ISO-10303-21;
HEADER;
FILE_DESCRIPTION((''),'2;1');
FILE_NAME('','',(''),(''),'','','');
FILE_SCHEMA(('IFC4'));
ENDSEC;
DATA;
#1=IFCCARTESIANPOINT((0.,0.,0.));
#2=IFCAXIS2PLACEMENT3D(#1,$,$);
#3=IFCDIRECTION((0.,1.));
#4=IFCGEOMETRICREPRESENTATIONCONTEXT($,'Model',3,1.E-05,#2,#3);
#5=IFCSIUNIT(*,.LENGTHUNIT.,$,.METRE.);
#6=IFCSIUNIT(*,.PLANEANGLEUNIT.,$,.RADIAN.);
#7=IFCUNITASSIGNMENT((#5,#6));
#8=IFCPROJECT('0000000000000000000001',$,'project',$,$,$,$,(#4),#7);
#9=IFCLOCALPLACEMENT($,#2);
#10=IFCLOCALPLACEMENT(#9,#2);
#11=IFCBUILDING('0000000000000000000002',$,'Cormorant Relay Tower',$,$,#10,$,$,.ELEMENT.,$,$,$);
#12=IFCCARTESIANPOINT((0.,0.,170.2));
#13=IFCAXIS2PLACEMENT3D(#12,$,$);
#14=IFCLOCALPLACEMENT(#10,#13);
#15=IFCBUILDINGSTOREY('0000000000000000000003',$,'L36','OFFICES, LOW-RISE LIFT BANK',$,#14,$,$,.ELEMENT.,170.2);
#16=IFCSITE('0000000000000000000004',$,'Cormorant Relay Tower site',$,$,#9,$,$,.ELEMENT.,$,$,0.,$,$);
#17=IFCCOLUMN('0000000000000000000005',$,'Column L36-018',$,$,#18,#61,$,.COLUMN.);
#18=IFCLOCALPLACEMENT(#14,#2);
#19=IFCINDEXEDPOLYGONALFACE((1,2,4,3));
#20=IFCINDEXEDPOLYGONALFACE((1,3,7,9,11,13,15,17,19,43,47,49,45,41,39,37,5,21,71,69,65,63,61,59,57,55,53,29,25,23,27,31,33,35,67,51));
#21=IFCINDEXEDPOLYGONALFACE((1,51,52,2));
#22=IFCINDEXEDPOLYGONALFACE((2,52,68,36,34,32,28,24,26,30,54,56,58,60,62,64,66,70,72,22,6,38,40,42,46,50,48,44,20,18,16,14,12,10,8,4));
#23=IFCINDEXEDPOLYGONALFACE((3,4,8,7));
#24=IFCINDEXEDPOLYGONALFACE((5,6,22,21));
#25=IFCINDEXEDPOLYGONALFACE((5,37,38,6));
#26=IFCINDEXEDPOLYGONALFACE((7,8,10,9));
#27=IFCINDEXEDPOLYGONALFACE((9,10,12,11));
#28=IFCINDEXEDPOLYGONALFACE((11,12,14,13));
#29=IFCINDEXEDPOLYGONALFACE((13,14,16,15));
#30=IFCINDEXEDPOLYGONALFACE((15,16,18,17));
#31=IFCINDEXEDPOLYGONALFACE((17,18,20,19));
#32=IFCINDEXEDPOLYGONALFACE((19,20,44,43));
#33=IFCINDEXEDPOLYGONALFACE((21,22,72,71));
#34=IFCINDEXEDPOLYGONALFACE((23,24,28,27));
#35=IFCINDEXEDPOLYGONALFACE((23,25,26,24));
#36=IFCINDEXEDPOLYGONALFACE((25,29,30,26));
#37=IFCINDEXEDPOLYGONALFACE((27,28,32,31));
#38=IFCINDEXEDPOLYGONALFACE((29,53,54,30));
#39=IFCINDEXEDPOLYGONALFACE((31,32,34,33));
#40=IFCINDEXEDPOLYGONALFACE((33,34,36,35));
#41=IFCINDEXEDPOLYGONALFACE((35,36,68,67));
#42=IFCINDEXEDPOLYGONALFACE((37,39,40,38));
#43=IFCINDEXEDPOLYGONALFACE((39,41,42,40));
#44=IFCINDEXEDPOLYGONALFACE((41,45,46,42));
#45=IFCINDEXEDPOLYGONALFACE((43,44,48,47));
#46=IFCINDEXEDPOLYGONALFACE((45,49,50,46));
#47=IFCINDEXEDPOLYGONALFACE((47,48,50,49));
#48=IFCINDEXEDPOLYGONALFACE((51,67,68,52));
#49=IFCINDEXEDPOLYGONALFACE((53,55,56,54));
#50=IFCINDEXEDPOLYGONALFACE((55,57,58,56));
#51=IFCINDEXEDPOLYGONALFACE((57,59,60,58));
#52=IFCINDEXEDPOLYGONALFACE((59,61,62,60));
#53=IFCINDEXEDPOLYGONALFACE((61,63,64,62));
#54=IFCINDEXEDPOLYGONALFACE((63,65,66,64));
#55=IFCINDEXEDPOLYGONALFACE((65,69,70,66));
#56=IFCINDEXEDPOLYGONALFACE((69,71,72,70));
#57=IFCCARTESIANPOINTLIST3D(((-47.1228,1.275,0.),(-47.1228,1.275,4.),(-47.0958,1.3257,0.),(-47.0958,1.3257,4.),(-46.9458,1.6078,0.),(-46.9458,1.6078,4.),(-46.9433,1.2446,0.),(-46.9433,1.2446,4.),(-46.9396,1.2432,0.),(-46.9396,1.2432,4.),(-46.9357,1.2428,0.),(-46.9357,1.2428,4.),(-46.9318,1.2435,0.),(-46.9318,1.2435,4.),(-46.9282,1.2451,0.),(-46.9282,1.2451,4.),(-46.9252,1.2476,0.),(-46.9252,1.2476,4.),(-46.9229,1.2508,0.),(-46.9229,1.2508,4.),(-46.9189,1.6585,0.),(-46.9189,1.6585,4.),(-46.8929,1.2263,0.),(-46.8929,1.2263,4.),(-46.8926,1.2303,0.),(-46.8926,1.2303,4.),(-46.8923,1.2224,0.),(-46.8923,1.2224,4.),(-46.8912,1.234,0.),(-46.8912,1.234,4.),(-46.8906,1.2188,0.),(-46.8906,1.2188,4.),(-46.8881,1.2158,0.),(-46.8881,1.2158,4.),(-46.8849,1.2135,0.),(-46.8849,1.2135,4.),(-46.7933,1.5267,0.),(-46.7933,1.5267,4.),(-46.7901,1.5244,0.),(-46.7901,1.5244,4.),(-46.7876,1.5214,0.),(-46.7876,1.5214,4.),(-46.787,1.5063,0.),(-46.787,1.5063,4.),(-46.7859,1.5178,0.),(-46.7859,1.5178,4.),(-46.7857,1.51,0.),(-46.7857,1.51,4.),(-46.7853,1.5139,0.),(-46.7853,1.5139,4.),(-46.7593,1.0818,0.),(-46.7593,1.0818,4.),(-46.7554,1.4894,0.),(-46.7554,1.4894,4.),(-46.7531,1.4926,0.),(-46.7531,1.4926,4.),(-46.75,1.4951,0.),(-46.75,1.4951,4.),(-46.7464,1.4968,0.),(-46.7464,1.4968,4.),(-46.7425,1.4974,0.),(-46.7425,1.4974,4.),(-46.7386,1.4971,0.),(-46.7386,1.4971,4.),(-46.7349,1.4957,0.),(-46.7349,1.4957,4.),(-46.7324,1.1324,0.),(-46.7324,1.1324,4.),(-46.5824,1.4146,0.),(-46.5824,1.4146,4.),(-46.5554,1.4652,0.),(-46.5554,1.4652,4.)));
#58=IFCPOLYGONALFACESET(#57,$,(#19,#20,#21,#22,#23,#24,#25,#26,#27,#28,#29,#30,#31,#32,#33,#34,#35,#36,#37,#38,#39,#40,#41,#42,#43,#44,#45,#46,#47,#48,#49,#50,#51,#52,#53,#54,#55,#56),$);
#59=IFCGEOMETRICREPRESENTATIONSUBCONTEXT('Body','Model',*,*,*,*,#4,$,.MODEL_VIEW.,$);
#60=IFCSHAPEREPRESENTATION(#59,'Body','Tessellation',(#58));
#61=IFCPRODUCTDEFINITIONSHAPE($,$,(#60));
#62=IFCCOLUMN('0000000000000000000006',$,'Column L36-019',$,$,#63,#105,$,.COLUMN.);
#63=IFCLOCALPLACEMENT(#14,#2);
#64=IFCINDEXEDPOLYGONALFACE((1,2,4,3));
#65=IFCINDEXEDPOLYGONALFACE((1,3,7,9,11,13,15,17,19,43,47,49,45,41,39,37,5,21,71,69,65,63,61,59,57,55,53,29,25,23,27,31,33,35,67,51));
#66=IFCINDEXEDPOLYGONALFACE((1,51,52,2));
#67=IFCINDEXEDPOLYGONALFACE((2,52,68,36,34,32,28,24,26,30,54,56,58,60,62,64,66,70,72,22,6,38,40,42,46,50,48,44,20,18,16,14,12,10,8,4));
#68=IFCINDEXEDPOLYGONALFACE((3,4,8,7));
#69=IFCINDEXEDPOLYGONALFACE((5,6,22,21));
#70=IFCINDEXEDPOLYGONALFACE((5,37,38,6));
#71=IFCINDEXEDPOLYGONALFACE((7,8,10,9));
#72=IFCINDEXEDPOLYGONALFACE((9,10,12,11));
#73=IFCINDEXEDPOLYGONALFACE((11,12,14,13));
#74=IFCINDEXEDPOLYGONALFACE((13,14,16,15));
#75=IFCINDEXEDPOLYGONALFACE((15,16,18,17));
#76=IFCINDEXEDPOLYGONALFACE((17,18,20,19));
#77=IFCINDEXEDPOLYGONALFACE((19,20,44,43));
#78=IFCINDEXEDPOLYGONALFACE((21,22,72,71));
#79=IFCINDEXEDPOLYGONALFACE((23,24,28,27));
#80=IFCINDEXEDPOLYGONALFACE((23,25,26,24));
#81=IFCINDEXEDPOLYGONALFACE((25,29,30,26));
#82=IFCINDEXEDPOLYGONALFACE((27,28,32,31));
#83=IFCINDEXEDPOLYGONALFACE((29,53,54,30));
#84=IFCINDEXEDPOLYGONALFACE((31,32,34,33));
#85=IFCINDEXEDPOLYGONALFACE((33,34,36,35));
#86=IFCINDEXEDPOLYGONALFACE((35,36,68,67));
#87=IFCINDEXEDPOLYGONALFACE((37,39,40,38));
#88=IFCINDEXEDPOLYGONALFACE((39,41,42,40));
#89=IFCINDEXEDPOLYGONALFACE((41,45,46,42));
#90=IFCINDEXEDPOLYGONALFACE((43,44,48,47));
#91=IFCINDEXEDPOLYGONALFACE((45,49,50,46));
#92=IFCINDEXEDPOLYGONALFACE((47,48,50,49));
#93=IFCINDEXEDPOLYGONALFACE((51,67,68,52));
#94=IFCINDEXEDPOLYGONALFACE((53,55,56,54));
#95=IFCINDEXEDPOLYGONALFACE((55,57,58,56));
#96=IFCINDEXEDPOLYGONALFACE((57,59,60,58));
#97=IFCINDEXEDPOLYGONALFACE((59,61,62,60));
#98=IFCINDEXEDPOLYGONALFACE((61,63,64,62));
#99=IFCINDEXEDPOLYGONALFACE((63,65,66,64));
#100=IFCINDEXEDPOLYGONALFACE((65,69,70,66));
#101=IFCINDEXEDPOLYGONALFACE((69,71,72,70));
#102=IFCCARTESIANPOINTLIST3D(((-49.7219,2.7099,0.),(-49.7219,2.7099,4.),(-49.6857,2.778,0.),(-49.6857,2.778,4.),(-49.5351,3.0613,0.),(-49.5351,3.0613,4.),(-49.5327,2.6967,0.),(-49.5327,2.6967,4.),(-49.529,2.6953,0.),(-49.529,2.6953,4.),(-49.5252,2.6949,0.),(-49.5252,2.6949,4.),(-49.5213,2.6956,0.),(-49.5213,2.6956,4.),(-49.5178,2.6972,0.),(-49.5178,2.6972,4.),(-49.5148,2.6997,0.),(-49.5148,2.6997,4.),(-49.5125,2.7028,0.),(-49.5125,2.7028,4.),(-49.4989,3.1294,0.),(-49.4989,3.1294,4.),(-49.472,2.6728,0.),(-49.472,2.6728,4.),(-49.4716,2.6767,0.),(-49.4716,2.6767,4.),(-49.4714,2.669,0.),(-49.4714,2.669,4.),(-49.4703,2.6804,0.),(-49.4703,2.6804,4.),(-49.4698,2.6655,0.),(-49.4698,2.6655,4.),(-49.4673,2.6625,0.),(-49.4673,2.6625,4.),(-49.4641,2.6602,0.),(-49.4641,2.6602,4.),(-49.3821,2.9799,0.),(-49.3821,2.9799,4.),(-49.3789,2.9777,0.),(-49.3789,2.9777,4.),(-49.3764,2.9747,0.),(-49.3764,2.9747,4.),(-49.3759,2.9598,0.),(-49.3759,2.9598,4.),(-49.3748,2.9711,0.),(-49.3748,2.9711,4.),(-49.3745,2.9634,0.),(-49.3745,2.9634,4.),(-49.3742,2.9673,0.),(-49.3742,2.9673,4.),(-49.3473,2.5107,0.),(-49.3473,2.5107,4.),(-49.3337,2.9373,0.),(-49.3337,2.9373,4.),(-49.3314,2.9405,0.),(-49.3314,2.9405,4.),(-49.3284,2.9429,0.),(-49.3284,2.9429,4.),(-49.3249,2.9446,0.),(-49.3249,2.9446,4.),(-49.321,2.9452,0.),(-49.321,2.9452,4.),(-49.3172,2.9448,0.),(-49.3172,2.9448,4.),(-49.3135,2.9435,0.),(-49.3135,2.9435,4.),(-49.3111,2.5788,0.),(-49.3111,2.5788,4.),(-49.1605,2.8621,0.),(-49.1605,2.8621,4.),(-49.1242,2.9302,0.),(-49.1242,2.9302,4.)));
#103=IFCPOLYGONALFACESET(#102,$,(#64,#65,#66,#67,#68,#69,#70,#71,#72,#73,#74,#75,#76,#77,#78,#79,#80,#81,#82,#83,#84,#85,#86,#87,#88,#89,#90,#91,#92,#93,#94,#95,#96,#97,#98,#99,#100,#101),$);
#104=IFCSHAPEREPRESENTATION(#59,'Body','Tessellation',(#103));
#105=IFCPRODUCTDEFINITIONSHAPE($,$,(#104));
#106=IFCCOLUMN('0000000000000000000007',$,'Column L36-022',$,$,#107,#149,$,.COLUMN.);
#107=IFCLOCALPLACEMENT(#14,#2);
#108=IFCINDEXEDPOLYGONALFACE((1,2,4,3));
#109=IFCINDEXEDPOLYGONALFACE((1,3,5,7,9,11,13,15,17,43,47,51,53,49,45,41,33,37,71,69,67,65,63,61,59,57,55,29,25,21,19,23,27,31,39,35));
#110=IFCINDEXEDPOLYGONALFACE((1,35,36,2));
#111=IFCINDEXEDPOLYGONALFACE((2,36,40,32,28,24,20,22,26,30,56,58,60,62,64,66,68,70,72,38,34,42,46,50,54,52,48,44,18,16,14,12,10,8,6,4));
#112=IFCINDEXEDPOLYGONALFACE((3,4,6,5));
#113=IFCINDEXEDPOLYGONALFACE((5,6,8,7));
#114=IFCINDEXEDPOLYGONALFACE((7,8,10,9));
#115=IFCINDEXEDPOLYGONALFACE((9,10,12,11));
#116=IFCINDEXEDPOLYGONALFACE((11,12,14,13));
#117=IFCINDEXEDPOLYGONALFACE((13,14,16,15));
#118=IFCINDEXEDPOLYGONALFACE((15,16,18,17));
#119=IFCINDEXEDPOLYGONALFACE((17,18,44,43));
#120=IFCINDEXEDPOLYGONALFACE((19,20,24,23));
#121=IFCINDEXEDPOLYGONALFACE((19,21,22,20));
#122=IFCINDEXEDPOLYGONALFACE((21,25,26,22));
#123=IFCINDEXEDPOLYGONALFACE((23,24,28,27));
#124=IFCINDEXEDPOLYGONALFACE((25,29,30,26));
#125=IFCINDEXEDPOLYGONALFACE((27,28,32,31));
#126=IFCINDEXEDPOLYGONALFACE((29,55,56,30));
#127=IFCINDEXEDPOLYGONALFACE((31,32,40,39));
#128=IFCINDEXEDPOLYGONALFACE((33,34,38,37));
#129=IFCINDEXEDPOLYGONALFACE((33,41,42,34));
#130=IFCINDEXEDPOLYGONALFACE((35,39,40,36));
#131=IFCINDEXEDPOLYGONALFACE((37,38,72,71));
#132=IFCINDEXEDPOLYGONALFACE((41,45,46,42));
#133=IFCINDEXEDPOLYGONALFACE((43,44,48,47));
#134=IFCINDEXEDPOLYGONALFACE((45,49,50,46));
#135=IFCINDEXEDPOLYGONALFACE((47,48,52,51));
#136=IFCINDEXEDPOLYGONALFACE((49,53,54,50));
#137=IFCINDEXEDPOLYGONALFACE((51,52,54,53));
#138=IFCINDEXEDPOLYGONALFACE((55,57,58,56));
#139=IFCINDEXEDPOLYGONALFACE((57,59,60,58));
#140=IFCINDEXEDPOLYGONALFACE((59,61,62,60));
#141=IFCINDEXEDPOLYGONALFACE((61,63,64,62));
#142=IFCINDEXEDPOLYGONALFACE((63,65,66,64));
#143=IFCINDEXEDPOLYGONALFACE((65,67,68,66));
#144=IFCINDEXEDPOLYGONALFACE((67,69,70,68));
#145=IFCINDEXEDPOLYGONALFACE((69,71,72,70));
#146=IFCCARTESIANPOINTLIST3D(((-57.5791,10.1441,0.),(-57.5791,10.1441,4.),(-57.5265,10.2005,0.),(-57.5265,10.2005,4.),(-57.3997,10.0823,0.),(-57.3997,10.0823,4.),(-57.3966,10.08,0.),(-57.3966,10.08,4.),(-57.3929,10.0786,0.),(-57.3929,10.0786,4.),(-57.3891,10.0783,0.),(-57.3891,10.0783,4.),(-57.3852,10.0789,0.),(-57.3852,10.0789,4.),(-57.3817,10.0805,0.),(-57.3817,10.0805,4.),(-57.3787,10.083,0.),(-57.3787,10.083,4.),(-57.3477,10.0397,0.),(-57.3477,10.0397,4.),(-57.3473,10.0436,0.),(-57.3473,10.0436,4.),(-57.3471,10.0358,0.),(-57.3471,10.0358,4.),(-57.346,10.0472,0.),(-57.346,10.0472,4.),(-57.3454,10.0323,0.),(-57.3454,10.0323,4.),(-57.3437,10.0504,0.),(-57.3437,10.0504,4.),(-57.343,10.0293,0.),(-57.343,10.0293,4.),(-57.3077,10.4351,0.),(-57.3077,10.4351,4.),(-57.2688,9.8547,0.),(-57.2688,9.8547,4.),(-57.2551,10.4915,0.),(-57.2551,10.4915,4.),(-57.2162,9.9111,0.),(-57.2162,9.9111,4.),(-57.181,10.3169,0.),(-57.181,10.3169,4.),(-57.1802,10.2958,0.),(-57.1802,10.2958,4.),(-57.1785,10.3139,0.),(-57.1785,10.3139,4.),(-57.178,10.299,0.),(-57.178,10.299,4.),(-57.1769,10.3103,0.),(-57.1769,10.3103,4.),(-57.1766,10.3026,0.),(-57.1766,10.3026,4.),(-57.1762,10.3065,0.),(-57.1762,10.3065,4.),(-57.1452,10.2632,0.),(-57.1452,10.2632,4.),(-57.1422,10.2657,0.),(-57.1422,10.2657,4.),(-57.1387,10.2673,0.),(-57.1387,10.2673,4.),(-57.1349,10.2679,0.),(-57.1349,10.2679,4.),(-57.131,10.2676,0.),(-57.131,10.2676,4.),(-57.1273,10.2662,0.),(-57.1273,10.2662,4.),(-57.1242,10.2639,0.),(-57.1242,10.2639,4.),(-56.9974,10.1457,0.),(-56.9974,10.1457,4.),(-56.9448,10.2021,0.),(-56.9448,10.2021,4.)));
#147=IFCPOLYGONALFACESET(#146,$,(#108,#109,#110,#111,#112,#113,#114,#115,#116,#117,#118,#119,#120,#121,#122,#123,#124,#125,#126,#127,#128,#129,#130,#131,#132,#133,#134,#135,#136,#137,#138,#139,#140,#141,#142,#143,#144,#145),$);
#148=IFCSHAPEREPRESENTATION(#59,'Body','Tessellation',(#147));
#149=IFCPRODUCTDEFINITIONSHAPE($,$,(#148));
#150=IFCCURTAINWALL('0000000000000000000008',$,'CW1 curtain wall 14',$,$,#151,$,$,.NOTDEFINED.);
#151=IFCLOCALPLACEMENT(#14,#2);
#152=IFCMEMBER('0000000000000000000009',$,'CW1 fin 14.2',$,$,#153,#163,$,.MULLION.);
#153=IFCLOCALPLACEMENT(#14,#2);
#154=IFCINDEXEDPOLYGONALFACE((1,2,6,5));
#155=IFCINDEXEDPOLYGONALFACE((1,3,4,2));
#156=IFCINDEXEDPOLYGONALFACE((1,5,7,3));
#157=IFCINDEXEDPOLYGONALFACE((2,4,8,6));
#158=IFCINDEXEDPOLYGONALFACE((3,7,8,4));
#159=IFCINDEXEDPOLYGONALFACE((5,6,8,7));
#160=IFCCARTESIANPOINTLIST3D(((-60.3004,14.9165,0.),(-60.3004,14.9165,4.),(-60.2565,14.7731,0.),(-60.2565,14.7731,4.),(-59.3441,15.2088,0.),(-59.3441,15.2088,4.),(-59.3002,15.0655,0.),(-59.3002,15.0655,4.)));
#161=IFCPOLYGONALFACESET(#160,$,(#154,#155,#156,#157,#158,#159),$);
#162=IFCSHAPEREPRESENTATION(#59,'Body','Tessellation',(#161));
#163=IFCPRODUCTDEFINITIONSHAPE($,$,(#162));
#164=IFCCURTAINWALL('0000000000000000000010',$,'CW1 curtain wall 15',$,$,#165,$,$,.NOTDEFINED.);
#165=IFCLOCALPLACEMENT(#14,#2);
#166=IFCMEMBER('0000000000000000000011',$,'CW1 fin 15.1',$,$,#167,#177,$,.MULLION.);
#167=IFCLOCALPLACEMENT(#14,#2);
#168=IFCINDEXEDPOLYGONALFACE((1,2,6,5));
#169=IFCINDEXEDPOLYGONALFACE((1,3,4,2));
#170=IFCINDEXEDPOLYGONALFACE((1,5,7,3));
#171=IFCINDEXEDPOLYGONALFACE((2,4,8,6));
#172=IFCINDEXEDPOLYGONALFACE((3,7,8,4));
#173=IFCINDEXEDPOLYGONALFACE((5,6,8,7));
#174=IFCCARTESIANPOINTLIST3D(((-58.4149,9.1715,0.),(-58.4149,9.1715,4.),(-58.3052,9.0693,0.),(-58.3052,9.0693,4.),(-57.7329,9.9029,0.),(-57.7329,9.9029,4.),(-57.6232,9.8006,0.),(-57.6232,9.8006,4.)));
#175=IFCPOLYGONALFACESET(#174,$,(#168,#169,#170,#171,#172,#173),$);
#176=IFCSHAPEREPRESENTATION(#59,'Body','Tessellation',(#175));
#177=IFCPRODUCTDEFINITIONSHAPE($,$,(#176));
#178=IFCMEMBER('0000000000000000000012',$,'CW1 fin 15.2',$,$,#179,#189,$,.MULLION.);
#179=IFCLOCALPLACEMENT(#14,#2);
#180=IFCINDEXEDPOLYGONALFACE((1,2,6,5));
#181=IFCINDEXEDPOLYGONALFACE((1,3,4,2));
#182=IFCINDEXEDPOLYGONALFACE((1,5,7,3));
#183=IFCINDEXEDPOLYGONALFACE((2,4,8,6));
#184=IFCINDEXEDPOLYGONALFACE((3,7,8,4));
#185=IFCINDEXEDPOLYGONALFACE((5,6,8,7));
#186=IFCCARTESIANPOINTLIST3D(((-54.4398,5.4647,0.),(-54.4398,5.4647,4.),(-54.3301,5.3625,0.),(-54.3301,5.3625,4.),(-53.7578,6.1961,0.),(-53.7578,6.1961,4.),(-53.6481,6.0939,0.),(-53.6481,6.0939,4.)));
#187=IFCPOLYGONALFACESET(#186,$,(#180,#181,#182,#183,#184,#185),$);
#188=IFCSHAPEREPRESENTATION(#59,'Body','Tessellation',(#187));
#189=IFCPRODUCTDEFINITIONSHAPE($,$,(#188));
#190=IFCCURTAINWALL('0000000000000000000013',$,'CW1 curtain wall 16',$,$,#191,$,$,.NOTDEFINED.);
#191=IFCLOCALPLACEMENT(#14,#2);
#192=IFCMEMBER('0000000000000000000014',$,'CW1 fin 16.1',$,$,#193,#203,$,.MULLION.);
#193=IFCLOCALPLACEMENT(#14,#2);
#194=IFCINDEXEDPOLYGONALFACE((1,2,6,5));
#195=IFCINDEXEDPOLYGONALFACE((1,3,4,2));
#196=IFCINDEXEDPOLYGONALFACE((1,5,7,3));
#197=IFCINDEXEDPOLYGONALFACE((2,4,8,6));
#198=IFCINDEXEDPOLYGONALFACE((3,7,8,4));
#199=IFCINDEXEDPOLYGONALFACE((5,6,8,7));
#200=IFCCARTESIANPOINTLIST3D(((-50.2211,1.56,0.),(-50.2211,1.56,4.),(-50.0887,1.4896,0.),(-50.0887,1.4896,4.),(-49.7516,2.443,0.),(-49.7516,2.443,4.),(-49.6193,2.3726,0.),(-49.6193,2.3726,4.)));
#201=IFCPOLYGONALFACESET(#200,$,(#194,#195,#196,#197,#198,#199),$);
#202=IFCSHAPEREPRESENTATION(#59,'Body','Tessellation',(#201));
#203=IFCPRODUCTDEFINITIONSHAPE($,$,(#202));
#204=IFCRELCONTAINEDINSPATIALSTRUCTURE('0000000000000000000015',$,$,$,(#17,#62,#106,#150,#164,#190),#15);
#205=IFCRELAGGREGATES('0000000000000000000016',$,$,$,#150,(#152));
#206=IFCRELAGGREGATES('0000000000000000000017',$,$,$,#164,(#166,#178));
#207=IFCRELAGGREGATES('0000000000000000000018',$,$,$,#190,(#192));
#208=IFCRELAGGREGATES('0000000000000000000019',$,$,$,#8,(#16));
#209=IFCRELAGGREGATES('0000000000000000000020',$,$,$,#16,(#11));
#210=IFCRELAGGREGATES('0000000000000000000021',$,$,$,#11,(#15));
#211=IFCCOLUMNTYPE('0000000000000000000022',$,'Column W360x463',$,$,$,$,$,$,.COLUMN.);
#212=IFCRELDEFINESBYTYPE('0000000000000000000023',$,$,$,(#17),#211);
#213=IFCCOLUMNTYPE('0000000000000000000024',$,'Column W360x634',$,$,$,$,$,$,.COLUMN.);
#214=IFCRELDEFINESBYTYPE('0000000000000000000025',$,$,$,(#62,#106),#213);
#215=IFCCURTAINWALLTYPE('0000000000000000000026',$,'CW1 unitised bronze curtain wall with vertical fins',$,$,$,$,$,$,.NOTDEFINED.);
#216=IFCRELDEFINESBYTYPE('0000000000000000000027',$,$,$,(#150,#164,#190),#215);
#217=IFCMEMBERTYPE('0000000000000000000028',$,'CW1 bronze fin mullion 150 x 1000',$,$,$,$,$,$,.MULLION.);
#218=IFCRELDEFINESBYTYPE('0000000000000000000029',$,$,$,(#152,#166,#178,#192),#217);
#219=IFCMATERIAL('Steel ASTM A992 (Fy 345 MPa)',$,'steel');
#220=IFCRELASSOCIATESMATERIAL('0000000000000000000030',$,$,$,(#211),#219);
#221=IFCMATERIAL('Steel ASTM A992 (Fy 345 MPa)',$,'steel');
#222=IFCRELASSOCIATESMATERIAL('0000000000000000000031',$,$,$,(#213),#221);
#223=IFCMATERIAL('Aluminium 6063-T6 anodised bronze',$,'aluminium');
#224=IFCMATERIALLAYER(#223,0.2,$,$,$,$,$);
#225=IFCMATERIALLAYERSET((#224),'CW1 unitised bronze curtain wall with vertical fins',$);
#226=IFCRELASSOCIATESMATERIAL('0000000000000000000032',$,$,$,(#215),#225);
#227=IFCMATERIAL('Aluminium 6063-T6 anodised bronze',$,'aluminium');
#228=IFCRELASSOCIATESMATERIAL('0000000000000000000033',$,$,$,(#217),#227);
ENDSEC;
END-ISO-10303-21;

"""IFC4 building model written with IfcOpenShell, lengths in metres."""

from ifc_helpers import new_model, si_unit, direction, frame, origin, origin_2d, place, context, subcontext, project, spatial, rectangle, i_section, extrude, material, layer, layer_set, material_profile, profile_set, type_object, element, aggregate, save


model = new_model("IFC4")

# Units and contexts
model_context = context("Model", 3, precision=1e-05, world=origin(), true_north=direction((0.0, 1.0)))
body_context = subcontext(model_context, "Body", "Model", "MODEL_VIEW")
ifc_project = project(units=[si_unit("LENGTHUNIT", "METRE"), si_unit("PLANEANGLEUNIT", "RADIAN")], contexts=[model_context])

# Site, building, storey
site_placement = place(None, origin())
site = spatial("IfcSite", under=ifc_project, at=site_placement, Name="Cormorant Relay Tower site", CompositionType="ELEMENT", RefElevation=0.0)
building_placement = place(site_placement, origin())
building = spatial("IfcBuilding", under=site, at=building_placement, Name="Cormorant Relay Tower", CompositionType="ELEMENT")
storey_placement = place(building_placement, frame((0.0, 0.0, 170.2)))
storey = spatial("IfcBuildingStorey", under=building, at=storey_placement, Name="L36", Description="OFFICES, LOW-RISE LIFT BANK", CompositionType="ELEMENT", Elevation=170.2)

# Columns
ifc_material_1 = material(Name="Steel ASTM A992 (Fy 345 MPa)", Category="steel")
ifc_material_profile_1 = material_profile(ifc_material_1, i_section(OverallWidth=0.4116, OverallDepth=0.4343, WebThickness=0.0359, FlangeThickness=0.0574, FilletRadius=0.0151, at=origin_2d()), Name="W360x463")
ifc_profile_set_1 = profile_set([ifc_material_profile_1], Name="Steel ASTM A992 (Fy 345 MPa)")
column_type_1 = type_object("IfcColumnType", Name="Column W360x463", PredefinedType="COLUMN", material=ifc_profile_set_1)
column_placement = place(storey_placement, frame((-46.8391, 1.3701, 0.0), z_axis=(0.0, 0.0, 1.0), x_axis=(0.882948, -0.469472, 0.0)))
element("IfcColumn", 1, at=column_placement, inside=storey, type_object=column_type_1, Name="Column L36-018", PredefinedType="COLUMN", context=body_context, shape_type="SweptSolid", body=[
    extrude(i_section(OverallWidth=0.4116, OverallDepth=0.4343, WebThickness=0.0359, FlangeThickness=0.0574, FilletRadius=0.0151, at=origin_2d()), origin(), (0.0, 0.0, 1.0), 4.0),
])
ifc_material_2 = material(Name="Steel ASTM A992 (Fy 345 MPa)", Category="steel")
ifc_material_profile_2 = material_profile(ifc_material_2, i_section(OverallWidth=0.4243, OverallDepth=0.4751, WebThickness=0.0479, FlangeThickness=0.0771, FilletRadius=0.0149, at=origin_2d()), Name="W360x634")
ifc_profile_set_2 = profile_set([ifc_material_profile_2], Name="Steel ASTM A992 (Fy 345 MPa)")
column_type_2 = type_object("IfcColumnType", Name="Column W360x634", PredefinedType="COLUMN", material=ifc_profile_set_2)
for number, where, z_axis, x_axis, name in (
    (2, (-49.4231, 2.8201, 0.0), (0.0, 0.0, 1.0), (0.882948, -0.469472, 0.0), "Column L36-019"),
    (3, (-57.262, 10.1731, 0.0), (0.0, 0.0, 1.0), (0.731354, -0.681998, 0.0), "Column L36-022"),
):
    element("IfcColumn", number, at=place(storey_placement, frame(where, z_axis=z_axis, x_axis=x_axis)), inside=storey, type_object=column_type_2, Name=name, PredefinedType="COLUMN", context=body_context, shape_type="SweptSolid", body=[
        extrude(i_section(OverallWidth=0.4243, OverallDepth=0.4751, WebThickness=0.0479, FlangeThickness=0.0771, FilletRadius=0.0149, at=origin_2d()), origin(), (0.0, 0.0, 1.0), 4.0),
    ])

# Curtain wall, member
ifc_material_3 = material(Name="Aluminium 6063-T6 anodised bronze", Category="aluminium")
ifc_layer_1 = layer(ifc_material_3, 0.2)
ifc_layer_set_1 = layer_set([ifc_layer_1], Name="CW1 unitised bronze curtain wall with vertical fins")
curtain_wall_type = type_object("IfcCurtainWallType", Name="CW1 unitised bronze curtain wall with vertical fins", PredefinedType="NOTDEFINED", material=ifc_layer_set_1)
curtain_wall_1_placement = place(storey_placement, origin())
curtain_wall_1 = element("IfcCurtainWall", 4, at=curtain_wall_1_placement, inside=storey, type_object=curtain_wall_type, Name="CW1 curtain wall 14", PredefinedType="NOTDEFINED")
ifc_material_4 = material(Name="Aluminium 6063-T6 anodised bronze", Category="aluminium")
ifc_material_profile_3 = material_profile(ifc_material_4, rectangle(XDim=0.1499, YDim=1.0, at=origin_2d()), Name="AL 150x1000")
ifc_profile_set_3 = profile_set([ifc_material_profile_3], Name="Aluminium 6063-T6 anodised bronze")
member_type_1 = type_object("IfcMemberType", Name="CW1 bronze fin mullion 150 x 1000", PredefinedType="MULLION", material=ifc_profile_set_3)
member_1_placement = place(storey_placement, frame((-59.8003, 14.991, 0.0), z_axis=(0.0, 0.0, 1.0), x_axis=(0.292372, -0.956305, 0.0)))
member_1 = element("IfcMember", 5, at=member_1_placement, type_object=member_type_1, Name="CW1 fin 14.2", PredefinedType="MULLION", context=body_context, shape_type="SweptSolid", body=[
    extrude(rectangle(XDim=0.1499, YDim=1.0, at=origin_2d()), origin(), (0.0, 0.0, 1.0), 4.0),
])

# Curtain wall, members
curtain_wall_2_placement = place(storey_placement, origin())
curtain_wall_2 = element("IfcCurtainWall", 6, at=curtain_wall_2_placement, inside=storey, type_object=curtain_wall_type, Name="CW1 curtain wall 15", PredefinedType="NOTDEFINED")
member_2_placement = place(storey_placement, frame((-58.019, 9.4861, 0.0), z_axis=(0.0, 0.0, 1.0), x_axis=(0.731354, -0.681998, 0.0)))
member_2 = element("IfcMember", 7, at=member_2_placement, type_object=member_type_1, Name="CW1 fin 15.1", PredefinedType="MULLION", context=body_context, shape_type="SweptSolid", body=[
    extrude(rectangle(XDim=0.1499, YDim=1.0, at=origin_2d()), origin(), (0.0, 0.0, 1.0), 4.0),
])
member_3_placement = place(storey_placement, frame((-54.0439, 5.7793, 0.0), z_axis=(0.0, 0.0, 1.0), x_axis=(0.731354, -0.681998, 0.0)))
member_3 = element("IfcMember", 8, at=member_3_placement, type_object=member_type_1, Name="CW1 fin 15.2", PredefinedType="MULLION", context=body_context, shape_type="SweptSolid", body=[
    extrude(rectangle(XDim=0.1499, YDim=1.0, at=origin_2d()), origin(), (0.0, 0.0, 1.0), 4.0),
])

# Curtain wall, member
curtain_wall_3_placement = place(storey_placement, origin())
curtain_wall_3 = element("IfcCurtainWall", 9, at=curtain_wall_3_placement, inside=storey, type_object=curtain_wall_type, Name="CW1 curtain wall 16", PredefinedType="NOTDEFINED")
member_4_placement = place(storey_placement, frame((-49.9202, 1.9663, 0.0), z_axis=(0.0, 0.0, 1.0), x_axis=(0.882948, -0.469472, 0.0)))
member_4 = element("IfcMember", 10, at=member_4_placement, type_object=member_type_1, Name="CW1 fin 16.1", PredefinedType="MULLION", context=body_context, shape_type="SweptSolid", body=[
    extrude(rectangle(XDim=0.1499, YDim=1.0, at=origin_2d()), origin(), (0.0, 0.0, 1.0), 4.0),
])

aggregate(curtain_wall_1, [member_1])
aggregate(curtain_wall_2, [member_2, member_3])
aggregate(curtain_wall_3, [member_4])

save(model, "model.ifc")
